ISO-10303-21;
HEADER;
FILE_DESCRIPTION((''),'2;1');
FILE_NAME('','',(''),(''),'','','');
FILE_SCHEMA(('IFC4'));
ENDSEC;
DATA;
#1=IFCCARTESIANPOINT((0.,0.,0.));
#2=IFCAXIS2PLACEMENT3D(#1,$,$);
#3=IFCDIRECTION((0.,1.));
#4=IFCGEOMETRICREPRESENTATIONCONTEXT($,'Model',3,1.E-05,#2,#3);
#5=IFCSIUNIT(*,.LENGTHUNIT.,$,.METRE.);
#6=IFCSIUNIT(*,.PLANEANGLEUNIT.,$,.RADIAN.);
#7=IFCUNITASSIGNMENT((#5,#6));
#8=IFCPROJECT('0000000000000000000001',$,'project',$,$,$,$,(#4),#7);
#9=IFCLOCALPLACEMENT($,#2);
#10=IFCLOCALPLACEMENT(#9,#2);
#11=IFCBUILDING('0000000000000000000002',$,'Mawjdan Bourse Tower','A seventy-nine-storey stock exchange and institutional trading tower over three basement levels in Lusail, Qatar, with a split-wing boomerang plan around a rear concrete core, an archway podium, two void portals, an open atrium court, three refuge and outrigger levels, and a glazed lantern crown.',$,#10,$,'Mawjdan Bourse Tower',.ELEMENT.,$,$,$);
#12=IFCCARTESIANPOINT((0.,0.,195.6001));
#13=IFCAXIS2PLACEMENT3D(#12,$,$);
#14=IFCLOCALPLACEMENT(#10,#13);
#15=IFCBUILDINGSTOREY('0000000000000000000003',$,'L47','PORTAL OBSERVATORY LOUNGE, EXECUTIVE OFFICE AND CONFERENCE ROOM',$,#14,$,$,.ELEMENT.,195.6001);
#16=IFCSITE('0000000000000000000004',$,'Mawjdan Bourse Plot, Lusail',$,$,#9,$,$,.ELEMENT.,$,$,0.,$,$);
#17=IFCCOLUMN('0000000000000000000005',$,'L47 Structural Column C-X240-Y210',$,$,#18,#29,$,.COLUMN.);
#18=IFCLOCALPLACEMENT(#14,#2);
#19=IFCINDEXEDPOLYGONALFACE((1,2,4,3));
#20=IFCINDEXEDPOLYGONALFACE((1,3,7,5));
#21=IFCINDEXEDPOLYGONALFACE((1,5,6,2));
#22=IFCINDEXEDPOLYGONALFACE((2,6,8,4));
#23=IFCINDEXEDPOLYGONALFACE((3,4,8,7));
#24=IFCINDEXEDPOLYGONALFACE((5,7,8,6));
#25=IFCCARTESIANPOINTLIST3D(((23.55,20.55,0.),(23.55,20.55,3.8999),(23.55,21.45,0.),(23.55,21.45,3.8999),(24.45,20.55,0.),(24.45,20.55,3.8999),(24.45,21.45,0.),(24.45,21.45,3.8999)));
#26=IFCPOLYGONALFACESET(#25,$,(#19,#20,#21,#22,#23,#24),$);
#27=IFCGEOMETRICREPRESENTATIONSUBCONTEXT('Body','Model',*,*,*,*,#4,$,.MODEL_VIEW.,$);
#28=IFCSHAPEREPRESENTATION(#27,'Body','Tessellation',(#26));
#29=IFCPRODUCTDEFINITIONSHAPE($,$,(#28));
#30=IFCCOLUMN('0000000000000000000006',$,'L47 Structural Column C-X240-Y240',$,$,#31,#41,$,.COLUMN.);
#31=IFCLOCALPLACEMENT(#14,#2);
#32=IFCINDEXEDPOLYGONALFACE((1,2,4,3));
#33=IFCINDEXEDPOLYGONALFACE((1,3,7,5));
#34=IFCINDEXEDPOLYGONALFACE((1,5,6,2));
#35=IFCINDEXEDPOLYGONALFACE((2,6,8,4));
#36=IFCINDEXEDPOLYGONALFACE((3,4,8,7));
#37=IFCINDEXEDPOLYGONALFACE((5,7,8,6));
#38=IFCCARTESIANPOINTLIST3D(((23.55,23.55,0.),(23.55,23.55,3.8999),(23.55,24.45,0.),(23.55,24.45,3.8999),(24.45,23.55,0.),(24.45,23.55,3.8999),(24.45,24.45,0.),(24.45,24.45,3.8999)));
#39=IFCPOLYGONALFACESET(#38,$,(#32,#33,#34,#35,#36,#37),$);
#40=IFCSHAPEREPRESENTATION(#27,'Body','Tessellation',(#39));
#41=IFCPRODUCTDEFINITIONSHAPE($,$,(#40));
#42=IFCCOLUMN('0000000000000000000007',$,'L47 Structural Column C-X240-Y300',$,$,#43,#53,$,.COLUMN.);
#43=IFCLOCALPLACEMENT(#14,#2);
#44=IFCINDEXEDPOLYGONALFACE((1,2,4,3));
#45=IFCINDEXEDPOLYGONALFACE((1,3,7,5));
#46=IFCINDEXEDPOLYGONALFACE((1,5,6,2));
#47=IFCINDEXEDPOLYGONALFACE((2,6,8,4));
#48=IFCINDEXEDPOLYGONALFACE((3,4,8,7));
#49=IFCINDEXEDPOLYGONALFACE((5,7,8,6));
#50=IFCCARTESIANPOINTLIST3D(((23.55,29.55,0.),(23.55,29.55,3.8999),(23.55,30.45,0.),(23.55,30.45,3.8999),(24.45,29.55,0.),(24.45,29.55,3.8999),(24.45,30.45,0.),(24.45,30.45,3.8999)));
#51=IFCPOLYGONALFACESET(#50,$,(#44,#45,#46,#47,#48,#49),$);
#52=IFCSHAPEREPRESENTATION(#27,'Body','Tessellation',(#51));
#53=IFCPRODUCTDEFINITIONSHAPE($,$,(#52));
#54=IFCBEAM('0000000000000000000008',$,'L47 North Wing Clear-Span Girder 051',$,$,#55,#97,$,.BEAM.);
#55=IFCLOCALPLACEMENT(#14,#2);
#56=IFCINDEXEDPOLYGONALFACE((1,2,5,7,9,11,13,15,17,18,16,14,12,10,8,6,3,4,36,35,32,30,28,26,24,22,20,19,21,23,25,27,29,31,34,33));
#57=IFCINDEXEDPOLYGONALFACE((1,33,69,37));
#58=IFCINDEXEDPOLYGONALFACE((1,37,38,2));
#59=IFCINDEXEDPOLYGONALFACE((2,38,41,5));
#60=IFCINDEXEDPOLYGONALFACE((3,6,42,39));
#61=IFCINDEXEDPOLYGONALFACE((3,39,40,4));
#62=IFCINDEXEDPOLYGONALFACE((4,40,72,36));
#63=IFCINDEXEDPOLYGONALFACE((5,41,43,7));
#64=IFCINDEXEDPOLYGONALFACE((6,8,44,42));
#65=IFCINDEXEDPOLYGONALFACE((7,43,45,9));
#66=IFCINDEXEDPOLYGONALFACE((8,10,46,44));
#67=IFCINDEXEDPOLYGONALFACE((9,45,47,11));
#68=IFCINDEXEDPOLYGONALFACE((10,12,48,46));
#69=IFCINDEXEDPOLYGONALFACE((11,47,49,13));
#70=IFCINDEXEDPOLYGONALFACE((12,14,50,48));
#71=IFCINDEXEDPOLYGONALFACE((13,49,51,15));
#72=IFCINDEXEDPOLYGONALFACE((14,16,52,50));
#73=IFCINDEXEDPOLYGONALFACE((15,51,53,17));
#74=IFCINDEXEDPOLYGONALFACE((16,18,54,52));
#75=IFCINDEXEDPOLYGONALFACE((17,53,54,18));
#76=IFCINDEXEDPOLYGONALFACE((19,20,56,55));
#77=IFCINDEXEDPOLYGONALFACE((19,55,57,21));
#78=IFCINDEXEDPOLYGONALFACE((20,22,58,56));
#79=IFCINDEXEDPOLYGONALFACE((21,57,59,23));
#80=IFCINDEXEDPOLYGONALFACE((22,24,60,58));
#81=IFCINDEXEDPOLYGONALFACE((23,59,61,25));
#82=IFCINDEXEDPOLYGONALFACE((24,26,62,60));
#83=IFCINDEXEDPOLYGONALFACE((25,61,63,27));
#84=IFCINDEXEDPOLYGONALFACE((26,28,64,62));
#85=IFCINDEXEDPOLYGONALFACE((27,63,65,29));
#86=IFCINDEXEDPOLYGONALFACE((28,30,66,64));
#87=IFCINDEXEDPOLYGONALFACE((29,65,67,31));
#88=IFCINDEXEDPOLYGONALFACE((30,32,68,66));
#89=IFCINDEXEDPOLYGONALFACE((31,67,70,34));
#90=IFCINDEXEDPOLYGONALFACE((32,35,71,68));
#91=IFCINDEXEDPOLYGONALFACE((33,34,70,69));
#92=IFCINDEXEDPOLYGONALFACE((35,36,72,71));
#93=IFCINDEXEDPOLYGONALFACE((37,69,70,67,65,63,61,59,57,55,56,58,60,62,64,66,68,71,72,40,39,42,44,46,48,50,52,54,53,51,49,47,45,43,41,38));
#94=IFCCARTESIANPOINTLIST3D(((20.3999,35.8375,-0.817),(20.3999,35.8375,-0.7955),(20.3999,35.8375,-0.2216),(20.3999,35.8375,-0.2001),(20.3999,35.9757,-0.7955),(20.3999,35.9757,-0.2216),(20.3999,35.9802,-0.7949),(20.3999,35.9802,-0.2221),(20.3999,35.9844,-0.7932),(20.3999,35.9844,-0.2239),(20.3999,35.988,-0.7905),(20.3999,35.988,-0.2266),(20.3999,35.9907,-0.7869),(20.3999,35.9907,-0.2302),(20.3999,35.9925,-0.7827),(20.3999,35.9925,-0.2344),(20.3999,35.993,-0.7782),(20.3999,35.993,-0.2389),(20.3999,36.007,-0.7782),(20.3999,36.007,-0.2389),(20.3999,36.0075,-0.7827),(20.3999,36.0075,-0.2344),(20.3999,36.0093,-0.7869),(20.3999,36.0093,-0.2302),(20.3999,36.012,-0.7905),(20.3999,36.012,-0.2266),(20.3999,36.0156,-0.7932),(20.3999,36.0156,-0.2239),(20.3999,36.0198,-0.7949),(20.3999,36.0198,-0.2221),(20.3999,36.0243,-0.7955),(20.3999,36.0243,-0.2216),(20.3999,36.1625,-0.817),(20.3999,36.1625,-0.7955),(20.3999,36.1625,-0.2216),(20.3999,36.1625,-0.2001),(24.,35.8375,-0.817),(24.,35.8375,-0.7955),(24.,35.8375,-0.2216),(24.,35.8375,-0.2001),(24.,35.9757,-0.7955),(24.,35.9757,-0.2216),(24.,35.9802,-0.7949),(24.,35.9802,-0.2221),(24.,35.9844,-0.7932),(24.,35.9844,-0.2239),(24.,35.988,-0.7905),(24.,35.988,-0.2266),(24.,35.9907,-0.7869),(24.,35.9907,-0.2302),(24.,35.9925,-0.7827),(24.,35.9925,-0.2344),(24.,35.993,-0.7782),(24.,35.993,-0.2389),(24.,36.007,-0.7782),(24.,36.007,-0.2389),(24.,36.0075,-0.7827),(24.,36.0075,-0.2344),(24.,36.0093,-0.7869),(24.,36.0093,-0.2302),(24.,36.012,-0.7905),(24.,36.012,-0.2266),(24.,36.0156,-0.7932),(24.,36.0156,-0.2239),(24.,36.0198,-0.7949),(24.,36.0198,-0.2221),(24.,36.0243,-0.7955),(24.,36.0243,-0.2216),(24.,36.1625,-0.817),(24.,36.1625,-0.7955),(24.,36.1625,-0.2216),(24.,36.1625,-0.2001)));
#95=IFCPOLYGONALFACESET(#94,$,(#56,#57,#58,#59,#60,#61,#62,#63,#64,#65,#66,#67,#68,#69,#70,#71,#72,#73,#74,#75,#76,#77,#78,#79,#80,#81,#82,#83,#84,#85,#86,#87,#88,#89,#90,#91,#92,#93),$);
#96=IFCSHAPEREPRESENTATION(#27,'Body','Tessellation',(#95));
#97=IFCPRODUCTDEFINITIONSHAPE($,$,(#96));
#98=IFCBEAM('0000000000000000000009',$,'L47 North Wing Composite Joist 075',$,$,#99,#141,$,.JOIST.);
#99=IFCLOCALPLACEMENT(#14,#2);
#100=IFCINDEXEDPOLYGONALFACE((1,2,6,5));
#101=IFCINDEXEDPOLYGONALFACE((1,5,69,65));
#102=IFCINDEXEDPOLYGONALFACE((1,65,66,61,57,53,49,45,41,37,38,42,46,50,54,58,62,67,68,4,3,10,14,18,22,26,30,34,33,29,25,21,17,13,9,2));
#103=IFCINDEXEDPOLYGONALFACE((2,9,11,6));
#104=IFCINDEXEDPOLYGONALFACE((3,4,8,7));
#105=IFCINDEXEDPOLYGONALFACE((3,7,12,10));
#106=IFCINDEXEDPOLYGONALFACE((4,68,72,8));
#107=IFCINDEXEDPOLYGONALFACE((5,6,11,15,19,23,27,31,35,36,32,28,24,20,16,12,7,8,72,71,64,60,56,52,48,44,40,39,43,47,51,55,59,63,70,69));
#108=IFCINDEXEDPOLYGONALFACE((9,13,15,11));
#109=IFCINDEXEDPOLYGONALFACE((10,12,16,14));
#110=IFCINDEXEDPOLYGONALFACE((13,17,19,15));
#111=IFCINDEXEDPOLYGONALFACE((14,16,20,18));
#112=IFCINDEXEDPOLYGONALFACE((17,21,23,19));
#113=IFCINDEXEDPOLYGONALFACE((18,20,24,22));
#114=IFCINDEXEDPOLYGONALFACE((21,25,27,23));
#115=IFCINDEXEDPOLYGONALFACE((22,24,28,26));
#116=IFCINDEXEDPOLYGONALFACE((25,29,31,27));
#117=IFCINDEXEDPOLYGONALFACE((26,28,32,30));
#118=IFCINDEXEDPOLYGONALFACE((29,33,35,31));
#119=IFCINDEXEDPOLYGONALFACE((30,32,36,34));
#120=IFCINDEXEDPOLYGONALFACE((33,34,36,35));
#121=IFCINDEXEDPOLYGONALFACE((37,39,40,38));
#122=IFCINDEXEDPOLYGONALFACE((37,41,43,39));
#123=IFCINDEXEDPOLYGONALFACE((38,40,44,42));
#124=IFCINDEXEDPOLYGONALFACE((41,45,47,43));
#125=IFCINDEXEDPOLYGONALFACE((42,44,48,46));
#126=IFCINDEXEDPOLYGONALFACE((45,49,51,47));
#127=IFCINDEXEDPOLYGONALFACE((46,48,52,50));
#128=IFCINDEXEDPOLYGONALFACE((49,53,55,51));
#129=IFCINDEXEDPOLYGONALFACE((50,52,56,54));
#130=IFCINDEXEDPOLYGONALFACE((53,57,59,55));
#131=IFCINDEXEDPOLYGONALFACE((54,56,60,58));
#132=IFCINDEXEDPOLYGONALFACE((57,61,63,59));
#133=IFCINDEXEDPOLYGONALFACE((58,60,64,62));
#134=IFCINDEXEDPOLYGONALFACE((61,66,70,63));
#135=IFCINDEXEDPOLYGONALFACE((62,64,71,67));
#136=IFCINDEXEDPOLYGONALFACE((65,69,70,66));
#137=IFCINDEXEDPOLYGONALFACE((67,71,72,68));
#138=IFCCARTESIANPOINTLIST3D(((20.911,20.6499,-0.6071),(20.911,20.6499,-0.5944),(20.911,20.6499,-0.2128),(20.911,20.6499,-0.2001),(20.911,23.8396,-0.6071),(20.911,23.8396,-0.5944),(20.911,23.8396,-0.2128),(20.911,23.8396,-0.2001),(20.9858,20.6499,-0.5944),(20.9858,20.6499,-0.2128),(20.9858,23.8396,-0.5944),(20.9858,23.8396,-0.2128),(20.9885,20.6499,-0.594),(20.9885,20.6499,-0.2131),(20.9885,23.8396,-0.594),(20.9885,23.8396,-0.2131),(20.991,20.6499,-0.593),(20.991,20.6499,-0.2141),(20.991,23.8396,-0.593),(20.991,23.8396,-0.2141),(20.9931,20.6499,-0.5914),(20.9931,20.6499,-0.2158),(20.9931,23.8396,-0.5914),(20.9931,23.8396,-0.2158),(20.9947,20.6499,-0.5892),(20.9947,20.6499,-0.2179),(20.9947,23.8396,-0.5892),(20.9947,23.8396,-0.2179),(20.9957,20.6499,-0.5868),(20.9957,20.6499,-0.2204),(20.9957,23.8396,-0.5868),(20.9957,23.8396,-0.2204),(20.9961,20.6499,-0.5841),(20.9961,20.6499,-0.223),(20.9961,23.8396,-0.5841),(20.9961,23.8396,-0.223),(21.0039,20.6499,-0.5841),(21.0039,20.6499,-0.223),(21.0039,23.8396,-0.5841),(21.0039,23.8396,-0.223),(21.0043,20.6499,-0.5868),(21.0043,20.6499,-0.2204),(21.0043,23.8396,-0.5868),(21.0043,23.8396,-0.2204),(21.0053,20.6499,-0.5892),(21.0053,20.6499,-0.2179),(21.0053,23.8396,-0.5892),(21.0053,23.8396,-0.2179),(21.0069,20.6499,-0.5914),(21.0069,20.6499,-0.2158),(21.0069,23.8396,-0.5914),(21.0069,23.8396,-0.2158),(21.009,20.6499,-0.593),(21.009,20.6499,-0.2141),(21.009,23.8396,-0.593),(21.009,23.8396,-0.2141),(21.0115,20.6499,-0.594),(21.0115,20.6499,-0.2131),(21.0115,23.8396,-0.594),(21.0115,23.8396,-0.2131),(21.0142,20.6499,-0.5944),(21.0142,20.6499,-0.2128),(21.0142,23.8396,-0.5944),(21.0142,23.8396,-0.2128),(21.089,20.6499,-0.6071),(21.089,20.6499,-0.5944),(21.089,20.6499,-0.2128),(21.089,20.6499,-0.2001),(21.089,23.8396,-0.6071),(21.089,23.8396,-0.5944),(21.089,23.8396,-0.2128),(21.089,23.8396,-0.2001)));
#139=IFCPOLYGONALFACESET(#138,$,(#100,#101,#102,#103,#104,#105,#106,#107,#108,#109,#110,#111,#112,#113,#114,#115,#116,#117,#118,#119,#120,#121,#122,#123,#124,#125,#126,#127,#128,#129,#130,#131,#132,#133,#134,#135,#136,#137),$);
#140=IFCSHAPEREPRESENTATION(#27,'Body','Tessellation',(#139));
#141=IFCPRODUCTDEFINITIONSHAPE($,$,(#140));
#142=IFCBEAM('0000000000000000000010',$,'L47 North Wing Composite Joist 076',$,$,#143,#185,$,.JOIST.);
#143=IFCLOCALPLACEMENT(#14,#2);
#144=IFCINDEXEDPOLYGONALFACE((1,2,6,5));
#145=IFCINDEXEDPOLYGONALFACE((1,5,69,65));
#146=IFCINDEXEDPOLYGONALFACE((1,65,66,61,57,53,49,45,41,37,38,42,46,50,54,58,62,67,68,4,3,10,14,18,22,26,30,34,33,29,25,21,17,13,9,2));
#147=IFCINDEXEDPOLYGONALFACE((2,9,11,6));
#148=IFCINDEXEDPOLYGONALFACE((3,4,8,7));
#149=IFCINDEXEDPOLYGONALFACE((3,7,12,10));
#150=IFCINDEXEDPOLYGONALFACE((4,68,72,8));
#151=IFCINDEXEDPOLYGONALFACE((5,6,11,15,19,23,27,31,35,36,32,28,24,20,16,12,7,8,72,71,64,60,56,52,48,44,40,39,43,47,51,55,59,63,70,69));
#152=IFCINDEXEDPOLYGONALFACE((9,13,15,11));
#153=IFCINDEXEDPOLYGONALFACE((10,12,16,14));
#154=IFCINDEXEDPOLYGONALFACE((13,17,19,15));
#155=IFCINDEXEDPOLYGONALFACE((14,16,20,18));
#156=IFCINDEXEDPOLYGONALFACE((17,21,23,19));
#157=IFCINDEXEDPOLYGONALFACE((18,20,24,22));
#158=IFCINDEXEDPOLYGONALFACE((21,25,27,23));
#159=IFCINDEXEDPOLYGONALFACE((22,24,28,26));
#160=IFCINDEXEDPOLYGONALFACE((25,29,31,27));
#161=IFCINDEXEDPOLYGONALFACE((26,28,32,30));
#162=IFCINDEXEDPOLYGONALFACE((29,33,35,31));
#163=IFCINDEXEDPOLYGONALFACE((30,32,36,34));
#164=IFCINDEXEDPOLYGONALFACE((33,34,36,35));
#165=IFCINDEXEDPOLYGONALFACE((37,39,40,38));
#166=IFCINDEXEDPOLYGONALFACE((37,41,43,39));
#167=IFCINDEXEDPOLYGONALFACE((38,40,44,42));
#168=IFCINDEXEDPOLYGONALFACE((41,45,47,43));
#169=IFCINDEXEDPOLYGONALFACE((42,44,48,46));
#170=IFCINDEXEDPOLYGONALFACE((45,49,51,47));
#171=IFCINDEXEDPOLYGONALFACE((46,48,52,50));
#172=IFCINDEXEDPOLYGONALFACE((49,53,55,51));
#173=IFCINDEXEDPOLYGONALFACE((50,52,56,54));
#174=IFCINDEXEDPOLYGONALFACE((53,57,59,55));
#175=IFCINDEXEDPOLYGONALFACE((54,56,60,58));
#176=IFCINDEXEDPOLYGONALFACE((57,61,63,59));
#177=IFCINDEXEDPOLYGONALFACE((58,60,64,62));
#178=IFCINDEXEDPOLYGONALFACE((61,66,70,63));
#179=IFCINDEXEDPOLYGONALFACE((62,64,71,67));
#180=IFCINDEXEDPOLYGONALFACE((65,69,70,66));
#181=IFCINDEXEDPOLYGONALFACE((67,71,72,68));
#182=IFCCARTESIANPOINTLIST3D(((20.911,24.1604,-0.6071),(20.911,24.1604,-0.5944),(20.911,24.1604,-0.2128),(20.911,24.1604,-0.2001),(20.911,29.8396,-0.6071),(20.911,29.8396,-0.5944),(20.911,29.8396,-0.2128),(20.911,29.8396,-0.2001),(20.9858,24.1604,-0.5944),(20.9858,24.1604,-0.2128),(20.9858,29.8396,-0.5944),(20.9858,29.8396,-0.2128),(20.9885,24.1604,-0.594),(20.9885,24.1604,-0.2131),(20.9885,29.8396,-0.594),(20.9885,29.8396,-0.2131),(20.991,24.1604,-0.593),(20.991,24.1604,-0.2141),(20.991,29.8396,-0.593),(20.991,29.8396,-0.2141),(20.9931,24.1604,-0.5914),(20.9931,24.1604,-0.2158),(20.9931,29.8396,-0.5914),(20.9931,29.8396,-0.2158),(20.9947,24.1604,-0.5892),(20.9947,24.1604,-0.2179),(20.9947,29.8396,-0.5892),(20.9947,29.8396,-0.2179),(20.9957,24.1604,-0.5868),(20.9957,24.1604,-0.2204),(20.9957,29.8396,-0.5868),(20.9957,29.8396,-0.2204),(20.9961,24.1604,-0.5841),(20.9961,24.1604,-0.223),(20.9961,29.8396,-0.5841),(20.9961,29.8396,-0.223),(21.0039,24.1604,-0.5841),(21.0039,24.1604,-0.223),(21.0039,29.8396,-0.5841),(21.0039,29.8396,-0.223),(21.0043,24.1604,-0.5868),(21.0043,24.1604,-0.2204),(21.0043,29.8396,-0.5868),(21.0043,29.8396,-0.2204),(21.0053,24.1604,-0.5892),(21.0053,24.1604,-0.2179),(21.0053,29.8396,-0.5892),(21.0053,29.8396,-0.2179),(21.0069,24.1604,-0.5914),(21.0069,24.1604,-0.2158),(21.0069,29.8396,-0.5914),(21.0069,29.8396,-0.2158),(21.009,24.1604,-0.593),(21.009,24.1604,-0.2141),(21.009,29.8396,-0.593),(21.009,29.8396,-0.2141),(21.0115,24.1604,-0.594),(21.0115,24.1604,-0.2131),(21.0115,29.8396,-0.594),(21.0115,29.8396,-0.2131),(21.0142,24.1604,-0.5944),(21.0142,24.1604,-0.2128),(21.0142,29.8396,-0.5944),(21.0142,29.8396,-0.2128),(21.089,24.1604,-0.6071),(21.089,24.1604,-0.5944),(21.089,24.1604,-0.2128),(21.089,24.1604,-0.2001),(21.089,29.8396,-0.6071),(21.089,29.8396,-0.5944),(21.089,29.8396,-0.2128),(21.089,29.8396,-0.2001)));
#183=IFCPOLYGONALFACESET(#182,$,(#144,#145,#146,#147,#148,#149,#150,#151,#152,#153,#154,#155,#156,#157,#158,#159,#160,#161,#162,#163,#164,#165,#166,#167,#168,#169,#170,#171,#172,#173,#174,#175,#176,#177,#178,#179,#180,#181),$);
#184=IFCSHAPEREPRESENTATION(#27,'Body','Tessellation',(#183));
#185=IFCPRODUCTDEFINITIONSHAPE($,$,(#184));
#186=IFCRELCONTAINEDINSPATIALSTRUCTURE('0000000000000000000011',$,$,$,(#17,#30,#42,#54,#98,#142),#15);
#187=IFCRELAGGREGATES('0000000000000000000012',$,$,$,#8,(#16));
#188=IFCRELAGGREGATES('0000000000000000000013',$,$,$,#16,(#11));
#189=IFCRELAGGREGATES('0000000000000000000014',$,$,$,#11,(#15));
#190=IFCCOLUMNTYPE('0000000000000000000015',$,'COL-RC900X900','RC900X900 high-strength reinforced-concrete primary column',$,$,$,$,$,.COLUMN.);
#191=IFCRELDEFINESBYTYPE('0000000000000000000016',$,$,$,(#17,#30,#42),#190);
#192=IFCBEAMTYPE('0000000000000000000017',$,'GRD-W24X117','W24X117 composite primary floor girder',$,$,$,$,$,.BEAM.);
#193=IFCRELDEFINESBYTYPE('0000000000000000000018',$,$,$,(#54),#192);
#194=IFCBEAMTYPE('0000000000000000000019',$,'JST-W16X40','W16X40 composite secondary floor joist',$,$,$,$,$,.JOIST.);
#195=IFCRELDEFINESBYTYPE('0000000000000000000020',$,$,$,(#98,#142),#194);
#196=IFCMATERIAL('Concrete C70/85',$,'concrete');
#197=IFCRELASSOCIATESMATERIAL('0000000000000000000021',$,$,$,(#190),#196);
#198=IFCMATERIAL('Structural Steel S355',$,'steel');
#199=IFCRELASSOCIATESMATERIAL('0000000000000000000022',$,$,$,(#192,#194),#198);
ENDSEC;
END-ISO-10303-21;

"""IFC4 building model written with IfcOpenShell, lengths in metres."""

from ifc_helpers import new_model, si_unit, direction, frame, origin, origin_2d, place, context, subcontext, project, spatial, rectangle, i_section, extrude, material, material_profile, profile_set, type_object, element, save


model = new_model("IFC4")

# Units and contexts
model_context = context("Model", 3, precision=1e-05, world=origin(), true_north=direction((0.0, 1.0)))
body_context = subcontext(model_context, "Body", "Model", "MODEL_VIEW")
ifc_project = project(units=[si_unit("LENGTHUNIT", "METRE"), si_unit("PLANEANGLEUNIT", "RADIAN")], contexts=[model_context])

# Site, building, storey
site_placement = place(None, origin())
site = spatial("IfcSite", under=ifc_project, at=site_placement, Name="Mawjdan Bourse Plot, Lusail", CompositionType="ELEMENT", RefElevation=0.0)
building_placement = place(site_placement, origin())
building = spatial("IfcBuilding", under=site, at=building_placement, Name="Mawjdan Bourse Tower", Description="A seventy-nine-storey stock exchange and institutional trading tower over three basement levels in Lusail, Qatar, with a split-wing boomerang plan around a rear concrete core, an archway podium, two void portals, an open atrium court, three refuge and outrigger levels, and a glazed lantern crown.", LongName="Mawjdan Bourse Tower", CompositionType="ELEMENT")
storey_placement = place(building_placement, frame((0.0, 0.0, 195.6001)))
storey = spatial("IfcBuildingStorey", under=building, at=storey_placement, Name="L47", Description="PORTAL OBSERVATORY LOUNGE, EXECUTIVE OFFICE AND CONFERENCE ROOM", CompositionType="ELEMENT", Elevation=195.6001)

# Columns
ifc_material_1 = material(Name="Concrete C70/85", Category="concrete")
ifc_material_profile_1 = material_profile(ifc_material_1, rectangle(XDim=0.8999, YDim=0.8999, at=origin_2d()), Name="RC900X900")
ifc_profile_set_1 = profile_set([ifc_material_profile_1], Name="Concrete C70/85")
column_type = type_object("IfcColumnType", Name="COL-RC900X900", Description="RC900X900 high-strength reinforced-concrete primary column", PredefinedType="COLUMN", material=ifc_profile_set_1)
for number, where, z_axis, x_axis, name in (
    (1, (24.0, 21.0, 0.0), (0.0, 0.0, 1.0), (1.0, 0.0, 0.0), "L47 Structural Column C-X240-Y210"),
    (2, (24.0, 24.0, 0.0), (0.0, 0.0, 1.0), (1.0, 0.0, 0.0), "L47 Structural Column C-X240-Y240"),
    (3, (24.0, 30.0, 0.0), (0.0, 0.0, 1.0), (1.0, 0.0, 0.0), "L47 Structural Column C-X240-Y300"),
):
    element("IfcColumn", number, at=place(storey_placement, frame(where, z_axis=z_axis, x_axis=x_axis)), inside=storey, type_object=column_type, Name=name, PredefinedType="COLUMN", context=body_context, shape_type="SweptSolid", body=[
        extrude(rectangle(XDim=0.8999, YDim=0.8999, at=origin_2d()), origin(), (0.0, 0.0, 1.0), 3.8999),
    ])

# Beams
ifc_material_2 = material(Name="Structural Steel S355", Category="steel")
ifc_material_profile_2 = material_profile(ifc_material_2, i_section(OverallWidth=0.325, OverallDepth=0.6169, WebThickness=0.0139, FlangeThickness=0.0215, FilletRadius=0.0173, at=origin_2d()), Name="W24X117")
ifc_profile_set_2 = profile_set([ifc_material_profile_2], Name="Structural Steel S355")
beam_type_1 = type_object("IfcBeamType", Name="GRD-W24X117", Description="W24X117 composite primary floor girder", PredefinedType="BEAM", material=ifc_profile_set_2)
beam_1_placement = place(storey_placement, frame((20.3999, 36.0, -0.5085), z_axis=(1.0, 0.0, 0.0), x_axis=(0.0, 1.0, 0.0)))
element("IfcBeam", 4, at=beam_1_placement, inside=storey, type_object=beam_type_1, Name="L47 North Wing Clear-Span Girder 051", PredefinedType="BEAM", context=body_context, shape_type="SweptSolid", body=[
    extrude(i_section(OverallWidth=0.325, OverallDepth=0.6169, WebThickness=0.0139, FlangeThickness=0.0215, FilletRadius=0.0173, at=origin_2d()), origin(), (0.0, 0.0, 1.0), 3.6001),
])
ifc_material_profile_3 = material_profile(ifc_material_2, i_section(OverallWidth=0.178, OverallDepth=0.407, WebThickness=0.0078, FlangeThickness=0.0127, FilletRadius=0.0103, at=origin_2d()), Name="W16X40")
ifc_profile_set_3 = profile_set([ifc_material_profile_3], Name="Structural Steel S355")
beam_type_2 = type_object("IfcBeamType", Name="JST-W16X40", Description="W16X40 composite secondary floor joist", PredefinedType="JOIST", material=ifc_profile_set_3)
beam_2_placement = place(storey_placement, frame((21.0, 20.6499, -0.4036), z_axis=(0.0, 1.0, 0.0), x_axis=(-1.0, 0.0, 0.0)))
element("IfcBeam", 5, at=beam_2_placement, inside=storey, type_object=beam_type_2, Name="L47 North Wing Composite Joist 075", PredefinedType="JOIST", context=body_context, shape_type="SweptSolid", body=[
    extrude(i_section(OverallWidth=0.178, OverallDepth=0.407, WebThickness=0.0078, FlangeThickness=0.0127, FilletRadius=0.0103, at=origin_2d()), origin(), (0.0, 0.0, 1.0), 3.1897),
])
for number, where, z_axis, x_axis, name in (
    (6, (21.0, 24.1604, -0.4036), (0.0, 1.0, 0.0), (-1.0, 0.0, 0.0), "L47 North Wing Composite Joist 076"),
):
    element("IfcBeam", number, at=place(storey_placement, frame(where, z_axis=z_axis, x_axis=x_axis)), inside=storey, type_object=beam_type_2, Name=name, PredefinedType="JOIST", context=body_context, shape_type="SweptSolid", body=[
        extrude(i_section(OverallWidth=0.178, OverallDepth=0.407, WebThickness=0.0078, FlangeThickness=0.0127, FilletRadius=0.0103, at=origin_2d()), origin(), (0.0, 0.0, 1.0), 5.6792),
    ])

save(model, "model.ifc")
